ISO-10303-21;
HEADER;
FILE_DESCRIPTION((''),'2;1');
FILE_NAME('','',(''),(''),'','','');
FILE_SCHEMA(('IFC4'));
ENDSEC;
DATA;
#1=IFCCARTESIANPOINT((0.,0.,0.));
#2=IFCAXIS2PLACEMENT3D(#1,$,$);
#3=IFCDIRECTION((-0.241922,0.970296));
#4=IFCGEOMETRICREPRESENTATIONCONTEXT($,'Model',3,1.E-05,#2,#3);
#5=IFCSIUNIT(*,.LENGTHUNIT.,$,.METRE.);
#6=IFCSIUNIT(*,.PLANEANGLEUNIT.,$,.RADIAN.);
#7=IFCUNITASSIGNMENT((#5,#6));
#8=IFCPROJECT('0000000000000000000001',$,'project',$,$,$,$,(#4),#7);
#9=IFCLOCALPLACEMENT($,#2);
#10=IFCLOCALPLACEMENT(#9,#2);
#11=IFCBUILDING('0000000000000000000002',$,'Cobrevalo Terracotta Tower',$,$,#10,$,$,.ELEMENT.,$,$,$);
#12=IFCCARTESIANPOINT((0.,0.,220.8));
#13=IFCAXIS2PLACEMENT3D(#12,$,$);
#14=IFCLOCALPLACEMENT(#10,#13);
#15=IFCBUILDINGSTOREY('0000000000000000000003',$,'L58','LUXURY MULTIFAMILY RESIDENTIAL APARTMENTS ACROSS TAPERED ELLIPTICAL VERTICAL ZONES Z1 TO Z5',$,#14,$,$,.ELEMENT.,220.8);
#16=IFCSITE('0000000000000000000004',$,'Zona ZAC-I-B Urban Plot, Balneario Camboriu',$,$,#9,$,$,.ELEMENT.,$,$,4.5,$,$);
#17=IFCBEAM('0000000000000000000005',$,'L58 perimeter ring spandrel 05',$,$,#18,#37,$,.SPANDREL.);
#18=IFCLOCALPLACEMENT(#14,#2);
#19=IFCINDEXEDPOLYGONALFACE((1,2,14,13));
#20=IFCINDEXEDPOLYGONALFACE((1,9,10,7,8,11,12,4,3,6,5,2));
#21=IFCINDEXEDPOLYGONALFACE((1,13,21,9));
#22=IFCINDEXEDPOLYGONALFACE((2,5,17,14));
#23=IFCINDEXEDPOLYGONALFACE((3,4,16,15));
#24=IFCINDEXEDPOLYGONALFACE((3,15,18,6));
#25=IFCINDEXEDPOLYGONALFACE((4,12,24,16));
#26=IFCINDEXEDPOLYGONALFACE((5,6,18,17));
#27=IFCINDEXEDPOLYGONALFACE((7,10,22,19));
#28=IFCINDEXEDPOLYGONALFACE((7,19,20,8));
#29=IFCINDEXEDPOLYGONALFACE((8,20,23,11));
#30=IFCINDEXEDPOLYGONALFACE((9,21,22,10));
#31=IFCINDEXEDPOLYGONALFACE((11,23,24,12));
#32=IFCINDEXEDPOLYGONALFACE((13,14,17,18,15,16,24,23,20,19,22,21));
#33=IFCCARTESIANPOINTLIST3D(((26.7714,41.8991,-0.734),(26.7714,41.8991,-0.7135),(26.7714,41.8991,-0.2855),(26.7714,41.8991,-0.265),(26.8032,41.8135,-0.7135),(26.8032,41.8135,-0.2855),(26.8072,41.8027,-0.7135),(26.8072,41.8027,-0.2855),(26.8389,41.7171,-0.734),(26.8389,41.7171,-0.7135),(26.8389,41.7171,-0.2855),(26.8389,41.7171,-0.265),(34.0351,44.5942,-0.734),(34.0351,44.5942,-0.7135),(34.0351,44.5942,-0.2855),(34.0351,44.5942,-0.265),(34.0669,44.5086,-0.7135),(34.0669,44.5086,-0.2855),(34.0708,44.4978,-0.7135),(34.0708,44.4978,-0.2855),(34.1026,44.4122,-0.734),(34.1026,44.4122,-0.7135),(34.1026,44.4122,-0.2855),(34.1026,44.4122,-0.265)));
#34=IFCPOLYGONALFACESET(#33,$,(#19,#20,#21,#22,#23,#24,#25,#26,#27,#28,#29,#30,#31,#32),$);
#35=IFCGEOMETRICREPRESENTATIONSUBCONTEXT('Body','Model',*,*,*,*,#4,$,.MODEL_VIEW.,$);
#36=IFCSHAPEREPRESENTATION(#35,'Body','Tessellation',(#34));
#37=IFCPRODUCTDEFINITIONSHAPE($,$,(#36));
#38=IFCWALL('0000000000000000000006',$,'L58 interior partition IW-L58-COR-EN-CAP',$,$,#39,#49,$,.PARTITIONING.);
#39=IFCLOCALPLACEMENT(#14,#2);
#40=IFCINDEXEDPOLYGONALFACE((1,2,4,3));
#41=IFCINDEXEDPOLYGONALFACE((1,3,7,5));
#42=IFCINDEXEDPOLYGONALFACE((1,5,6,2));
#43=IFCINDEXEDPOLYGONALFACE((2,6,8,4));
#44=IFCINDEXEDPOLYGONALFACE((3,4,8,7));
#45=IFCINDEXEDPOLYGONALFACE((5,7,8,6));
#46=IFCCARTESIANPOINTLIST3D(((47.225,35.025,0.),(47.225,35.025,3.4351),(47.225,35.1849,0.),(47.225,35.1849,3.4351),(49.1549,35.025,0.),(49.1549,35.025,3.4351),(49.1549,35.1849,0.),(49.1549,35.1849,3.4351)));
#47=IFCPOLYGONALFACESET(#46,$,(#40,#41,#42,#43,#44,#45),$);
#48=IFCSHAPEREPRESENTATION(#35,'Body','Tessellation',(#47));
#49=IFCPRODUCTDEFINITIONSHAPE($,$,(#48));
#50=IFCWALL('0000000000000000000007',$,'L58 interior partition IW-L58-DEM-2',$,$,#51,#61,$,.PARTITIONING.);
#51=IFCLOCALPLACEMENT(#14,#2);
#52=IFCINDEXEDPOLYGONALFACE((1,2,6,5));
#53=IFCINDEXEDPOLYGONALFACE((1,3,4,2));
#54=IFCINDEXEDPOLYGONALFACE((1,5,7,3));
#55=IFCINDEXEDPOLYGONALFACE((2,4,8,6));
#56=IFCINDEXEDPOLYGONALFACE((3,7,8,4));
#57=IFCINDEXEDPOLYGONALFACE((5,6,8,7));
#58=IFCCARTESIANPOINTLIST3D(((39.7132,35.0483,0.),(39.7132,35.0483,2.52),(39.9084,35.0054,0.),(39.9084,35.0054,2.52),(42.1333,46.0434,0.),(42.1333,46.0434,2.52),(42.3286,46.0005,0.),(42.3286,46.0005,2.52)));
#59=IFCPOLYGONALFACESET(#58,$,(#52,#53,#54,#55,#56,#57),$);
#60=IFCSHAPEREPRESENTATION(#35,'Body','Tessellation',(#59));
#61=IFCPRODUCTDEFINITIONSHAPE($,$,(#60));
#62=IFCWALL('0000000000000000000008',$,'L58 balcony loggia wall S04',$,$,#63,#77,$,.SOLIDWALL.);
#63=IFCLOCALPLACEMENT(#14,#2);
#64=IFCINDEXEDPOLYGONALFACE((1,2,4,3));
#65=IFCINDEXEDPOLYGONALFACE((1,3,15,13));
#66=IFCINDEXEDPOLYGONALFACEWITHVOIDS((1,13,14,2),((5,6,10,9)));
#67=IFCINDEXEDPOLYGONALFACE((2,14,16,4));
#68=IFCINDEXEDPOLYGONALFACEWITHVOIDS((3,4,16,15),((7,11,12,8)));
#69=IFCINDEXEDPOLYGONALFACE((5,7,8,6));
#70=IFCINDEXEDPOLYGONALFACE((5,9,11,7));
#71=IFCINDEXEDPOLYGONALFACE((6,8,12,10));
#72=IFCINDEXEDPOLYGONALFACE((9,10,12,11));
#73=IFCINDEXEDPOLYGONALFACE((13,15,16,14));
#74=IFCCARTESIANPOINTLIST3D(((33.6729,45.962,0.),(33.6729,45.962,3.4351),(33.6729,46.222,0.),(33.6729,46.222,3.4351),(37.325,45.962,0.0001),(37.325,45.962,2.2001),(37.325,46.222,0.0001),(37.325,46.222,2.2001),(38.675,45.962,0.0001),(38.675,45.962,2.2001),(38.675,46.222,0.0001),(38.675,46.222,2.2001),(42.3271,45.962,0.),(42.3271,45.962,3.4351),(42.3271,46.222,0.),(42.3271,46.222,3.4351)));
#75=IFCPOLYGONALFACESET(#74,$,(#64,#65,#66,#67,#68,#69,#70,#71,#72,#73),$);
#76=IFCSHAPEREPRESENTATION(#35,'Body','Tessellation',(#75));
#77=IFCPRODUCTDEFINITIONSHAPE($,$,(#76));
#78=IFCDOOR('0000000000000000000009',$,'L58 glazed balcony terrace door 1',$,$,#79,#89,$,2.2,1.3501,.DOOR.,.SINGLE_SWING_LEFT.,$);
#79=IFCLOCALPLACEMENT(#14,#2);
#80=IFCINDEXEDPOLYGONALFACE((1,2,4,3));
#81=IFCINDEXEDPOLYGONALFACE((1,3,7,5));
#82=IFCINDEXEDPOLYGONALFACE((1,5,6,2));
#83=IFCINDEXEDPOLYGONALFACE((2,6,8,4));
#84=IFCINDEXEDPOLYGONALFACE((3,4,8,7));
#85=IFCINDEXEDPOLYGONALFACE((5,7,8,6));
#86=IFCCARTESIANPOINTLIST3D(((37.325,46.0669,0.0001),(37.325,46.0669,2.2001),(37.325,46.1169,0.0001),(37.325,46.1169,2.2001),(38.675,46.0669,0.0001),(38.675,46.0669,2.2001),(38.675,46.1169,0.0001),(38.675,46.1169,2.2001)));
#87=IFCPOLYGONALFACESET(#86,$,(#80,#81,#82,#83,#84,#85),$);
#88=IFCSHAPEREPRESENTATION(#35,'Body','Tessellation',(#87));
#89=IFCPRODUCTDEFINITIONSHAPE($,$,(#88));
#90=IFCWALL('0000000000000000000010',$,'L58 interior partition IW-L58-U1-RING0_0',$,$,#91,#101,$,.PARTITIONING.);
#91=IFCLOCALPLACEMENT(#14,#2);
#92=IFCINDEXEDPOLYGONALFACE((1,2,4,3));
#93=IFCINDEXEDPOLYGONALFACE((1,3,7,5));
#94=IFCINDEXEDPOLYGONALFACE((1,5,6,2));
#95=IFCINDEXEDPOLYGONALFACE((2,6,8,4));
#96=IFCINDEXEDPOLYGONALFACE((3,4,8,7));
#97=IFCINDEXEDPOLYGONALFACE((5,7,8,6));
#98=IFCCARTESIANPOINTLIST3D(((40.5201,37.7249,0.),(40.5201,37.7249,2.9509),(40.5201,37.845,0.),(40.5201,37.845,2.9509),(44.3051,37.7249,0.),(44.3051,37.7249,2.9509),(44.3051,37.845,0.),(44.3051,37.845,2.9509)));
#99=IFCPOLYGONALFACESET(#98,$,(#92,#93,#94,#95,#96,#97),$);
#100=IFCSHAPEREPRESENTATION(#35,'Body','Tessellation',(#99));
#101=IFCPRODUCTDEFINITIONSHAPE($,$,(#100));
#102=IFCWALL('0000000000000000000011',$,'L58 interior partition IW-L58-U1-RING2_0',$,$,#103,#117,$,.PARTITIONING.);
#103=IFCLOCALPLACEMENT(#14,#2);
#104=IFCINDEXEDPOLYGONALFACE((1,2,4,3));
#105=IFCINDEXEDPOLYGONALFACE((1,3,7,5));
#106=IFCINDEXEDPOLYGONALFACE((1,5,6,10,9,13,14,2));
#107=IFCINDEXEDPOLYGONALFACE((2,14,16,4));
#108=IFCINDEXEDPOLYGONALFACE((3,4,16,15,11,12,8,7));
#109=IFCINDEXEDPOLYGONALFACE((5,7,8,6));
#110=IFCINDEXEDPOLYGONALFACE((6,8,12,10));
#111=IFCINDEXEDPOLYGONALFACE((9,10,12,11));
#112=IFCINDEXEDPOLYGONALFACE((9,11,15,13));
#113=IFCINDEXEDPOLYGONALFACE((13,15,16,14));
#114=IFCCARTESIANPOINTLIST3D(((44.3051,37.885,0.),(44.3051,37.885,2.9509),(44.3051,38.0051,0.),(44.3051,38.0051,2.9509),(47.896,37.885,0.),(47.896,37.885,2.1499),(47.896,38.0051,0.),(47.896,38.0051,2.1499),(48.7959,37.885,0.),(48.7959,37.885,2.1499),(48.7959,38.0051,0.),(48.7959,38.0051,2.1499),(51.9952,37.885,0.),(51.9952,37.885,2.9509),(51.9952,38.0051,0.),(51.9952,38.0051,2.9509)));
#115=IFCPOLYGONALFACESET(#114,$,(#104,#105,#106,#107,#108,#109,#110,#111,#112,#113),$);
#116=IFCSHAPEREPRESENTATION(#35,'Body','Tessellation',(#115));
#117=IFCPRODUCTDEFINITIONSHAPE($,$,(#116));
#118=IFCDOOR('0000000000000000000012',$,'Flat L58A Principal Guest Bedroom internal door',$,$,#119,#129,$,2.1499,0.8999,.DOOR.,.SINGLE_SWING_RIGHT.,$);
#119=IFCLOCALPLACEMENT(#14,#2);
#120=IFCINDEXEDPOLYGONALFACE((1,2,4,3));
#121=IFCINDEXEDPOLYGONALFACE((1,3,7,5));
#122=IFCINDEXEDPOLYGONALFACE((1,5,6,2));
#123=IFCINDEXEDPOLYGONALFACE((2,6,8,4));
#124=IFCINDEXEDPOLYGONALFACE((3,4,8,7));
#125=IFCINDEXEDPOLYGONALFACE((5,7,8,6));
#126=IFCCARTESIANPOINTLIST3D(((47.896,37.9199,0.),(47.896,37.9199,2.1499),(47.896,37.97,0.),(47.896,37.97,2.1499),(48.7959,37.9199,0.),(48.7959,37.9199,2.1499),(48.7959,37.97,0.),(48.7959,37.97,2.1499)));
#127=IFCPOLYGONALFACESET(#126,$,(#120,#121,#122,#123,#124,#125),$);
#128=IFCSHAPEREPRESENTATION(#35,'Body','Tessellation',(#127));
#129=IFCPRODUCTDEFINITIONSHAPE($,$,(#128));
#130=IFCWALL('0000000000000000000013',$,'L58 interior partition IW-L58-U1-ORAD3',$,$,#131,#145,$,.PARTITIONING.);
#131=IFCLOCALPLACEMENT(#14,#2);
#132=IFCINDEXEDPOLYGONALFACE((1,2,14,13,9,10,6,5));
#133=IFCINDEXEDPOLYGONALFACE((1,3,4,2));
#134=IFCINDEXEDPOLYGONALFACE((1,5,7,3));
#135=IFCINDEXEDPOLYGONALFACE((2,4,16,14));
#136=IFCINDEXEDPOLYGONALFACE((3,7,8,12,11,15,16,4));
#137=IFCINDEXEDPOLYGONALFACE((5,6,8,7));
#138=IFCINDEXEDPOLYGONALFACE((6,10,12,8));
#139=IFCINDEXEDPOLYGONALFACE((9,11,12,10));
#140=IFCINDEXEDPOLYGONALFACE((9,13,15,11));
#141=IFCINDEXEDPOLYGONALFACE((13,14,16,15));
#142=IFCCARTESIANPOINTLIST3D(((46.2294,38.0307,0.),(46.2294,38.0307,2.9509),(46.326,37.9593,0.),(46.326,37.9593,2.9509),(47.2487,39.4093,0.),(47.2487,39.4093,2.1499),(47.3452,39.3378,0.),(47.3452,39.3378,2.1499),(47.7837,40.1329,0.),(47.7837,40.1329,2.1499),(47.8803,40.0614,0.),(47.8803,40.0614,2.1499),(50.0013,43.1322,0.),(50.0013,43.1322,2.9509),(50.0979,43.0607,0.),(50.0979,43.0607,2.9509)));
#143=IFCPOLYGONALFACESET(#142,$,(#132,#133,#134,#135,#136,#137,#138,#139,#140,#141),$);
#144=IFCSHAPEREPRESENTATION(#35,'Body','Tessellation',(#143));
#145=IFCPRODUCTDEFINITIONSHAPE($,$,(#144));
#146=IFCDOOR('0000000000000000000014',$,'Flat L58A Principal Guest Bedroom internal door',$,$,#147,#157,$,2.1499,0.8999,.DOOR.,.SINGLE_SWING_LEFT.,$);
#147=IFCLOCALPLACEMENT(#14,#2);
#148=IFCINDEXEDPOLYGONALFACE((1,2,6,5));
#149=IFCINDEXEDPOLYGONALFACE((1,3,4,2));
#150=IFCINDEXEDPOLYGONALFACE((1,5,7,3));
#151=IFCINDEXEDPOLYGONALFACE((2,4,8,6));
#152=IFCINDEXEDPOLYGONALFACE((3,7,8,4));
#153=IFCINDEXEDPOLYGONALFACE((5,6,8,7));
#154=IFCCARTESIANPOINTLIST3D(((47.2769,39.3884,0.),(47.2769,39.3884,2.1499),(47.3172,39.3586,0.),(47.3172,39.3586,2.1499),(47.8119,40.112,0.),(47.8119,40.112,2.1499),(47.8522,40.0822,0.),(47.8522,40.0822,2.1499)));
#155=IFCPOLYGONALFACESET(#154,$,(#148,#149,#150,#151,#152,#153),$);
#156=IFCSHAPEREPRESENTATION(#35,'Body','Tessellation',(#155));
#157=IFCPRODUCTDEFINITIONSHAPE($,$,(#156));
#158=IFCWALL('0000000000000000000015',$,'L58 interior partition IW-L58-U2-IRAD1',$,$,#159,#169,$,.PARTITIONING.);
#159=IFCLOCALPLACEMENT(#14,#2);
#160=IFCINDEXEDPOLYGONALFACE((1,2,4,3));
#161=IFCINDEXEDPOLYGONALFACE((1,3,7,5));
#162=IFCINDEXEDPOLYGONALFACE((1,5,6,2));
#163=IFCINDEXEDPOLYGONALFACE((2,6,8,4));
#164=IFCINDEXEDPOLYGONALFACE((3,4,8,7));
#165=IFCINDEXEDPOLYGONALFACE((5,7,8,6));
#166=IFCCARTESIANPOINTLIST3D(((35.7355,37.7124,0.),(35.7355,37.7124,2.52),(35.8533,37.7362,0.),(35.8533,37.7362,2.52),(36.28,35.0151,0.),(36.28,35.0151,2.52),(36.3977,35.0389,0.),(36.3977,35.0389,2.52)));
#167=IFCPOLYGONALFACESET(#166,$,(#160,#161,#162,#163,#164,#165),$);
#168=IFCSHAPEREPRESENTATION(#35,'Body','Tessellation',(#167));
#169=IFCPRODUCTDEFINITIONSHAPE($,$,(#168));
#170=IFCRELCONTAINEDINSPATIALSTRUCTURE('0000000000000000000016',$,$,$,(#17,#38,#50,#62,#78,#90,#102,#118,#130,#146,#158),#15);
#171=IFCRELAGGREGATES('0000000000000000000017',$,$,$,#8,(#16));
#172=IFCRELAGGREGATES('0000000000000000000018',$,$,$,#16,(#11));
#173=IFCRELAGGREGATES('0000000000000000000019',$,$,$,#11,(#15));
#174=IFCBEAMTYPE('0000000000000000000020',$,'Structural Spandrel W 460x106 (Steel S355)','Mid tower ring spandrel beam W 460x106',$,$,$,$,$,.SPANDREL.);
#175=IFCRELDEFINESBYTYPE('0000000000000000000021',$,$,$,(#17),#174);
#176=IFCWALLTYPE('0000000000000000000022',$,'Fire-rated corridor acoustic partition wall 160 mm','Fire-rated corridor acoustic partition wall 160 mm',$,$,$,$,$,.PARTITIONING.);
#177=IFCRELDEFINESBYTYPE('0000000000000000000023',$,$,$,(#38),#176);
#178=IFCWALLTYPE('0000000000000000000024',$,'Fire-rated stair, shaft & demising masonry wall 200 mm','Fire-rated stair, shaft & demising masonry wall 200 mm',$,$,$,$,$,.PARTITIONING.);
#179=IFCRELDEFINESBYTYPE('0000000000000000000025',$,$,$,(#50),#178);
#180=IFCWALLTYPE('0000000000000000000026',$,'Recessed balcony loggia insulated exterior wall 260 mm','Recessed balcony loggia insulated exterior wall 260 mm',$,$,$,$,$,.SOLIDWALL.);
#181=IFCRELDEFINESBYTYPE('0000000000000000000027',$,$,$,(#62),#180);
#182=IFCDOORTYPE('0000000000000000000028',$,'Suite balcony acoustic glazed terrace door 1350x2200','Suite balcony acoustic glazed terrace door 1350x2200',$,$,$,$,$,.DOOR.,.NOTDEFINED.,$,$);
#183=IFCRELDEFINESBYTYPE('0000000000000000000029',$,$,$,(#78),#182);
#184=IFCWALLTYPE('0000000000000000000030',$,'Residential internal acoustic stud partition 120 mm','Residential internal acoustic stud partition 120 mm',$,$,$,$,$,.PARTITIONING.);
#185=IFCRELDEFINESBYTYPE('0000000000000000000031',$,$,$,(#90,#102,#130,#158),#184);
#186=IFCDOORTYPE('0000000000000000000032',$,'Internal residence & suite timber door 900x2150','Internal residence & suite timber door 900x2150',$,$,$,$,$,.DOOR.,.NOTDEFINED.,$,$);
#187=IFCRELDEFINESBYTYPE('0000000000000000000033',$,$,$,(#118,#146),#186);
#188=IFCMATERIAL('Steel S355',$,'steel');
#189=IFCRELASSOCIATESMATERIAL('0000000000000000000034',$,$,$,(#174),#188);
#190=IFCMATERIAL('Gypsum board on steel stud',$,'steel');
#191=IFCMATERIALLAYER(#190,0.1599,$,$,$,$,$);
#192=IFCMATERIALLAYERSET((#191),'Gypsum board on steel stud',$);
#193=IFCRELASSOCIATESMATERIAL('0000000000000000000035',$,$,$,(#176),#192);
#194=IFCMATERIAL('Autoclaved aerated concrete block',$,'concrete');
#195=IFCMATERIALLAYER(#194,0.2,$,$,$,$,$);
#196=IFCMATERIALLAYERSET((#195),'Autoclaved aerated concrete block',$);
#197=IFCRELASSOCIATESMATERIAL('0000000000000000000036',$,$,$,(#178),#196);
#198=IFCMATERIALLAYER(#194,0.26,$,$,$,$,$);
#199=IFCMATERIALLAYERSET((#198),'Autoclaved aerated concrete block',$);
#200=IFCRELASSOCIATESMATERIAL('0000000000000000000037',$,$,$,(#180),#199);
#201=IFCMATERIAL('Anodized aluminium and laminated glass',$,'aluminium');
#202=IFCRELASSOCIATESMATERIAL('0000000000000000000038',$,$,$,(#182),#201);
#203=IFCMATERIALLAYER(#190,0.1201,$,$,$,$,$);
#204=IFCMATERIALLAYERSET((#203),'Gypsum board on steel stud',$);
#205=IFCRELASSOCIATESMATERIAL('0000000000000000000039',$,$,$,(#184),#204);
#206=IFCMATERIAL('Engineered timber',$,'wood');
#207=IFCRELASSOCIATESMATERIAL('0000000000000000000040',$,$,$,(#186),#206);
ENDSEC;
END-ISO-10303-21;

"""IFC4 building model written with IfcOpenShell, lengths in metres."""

from ifc_helpers import new_model, si_unit, direction, frame, frame_2d, origin, origin_2d, place, context, subcontext, project, spatial, rectangle, i_section, extrude, source, transform, mapped, material, layer, layer_set, material_profile, profile_set, type_object, element, fill, save


model = new_model("IFC4")

# Units and contexts
model_context = context("Model", 3, precision=1e-05, world=origin(), true_north=direction((-0.241922, 0.970296)))
body_context = subcontext(model_context, "Body", "Model", "MODEL_VIEW")
ifc_project = project(units=[si_unit("LENGTHUNIT", "METRE"), si_unit("PLANEANGLEUNIT", "RADIAN")], contexts=[model_context])

# Site, building, storey
site_placement = place(None, origin())
site = spatial("IfcSite", under=ifc_project, at=site_placement, Name="Zona ZAC-I-B Urban Plot, Balneario Camboriu", CompositionType="ELEMENT", RefElevation=4.5)
building_placement = place(site_placement, origin())
building = spatial("IfcBuilding", under=site, at=building_placement, Name="Cobrevalo Terracotta Tower", CompositionType="ELEMENT")
storey_placement = place(building_placement, frame((0.0, 0.0, 220.8)))
storey = spatial("IfcBuildingStorey", under=building, at=storey_placement, Name="L58", Description="LUXURY MULTIFAMILY RESIDENTIAL APARTMENTS ACROSS TAPERED ELLIPTICAL VERTICAL ZONES Z1 TO Z5", CompositionType="ELEMENT", Elevation=220.8)

# Shared definitions
ifc_material_1 = material(Name="Steel S355", Category="steel")

# Beam
ifc_material_profile_1 = material_profile(ifc_material_1, i_section(OverallWidth=0.1941, OverallDepth=0.469, WebThickness=0.0115, FlangeThickness=0.0205, at=origin_2d()), Name="W 460x106")
ifc_profile_set_1 = profile_set([ifc_material_profile_1], Name="Steel S355")
beam_type_1 = type_object("IfcBeamType", Name="Structural Spandrel W 460x106 (Steel S355)", Description="Mid tower ring spandrel beam W 460x106", PredefinedType="SPANDREL", material=ifc_profile_set_1)
beam_1_placement = place(storey_placement, frame((34.0688, 44.5032, -0.4995), z_axis=(-0.937546, -0.347861, 0.0), x_axis=(0.347861, -0.937546, 0.0)))
element("IfcBeam", 1, at=beam_1_placement, inside=storey, type_object=beam_type_1, Name="L58 perimeter ring spandrel 05", PredefinedType="SPANDREL", context=body_context, shape_type="SweptSolid", body=[
    extrude(i_section(OverallWidth=0.1941, OverallDepth=0.469, WebThickness=0.0115, FlangeThickness=0.0205, at=origin_2d()), origin(), (0.0, 0.0, 1.0), 7.7476),
])

# Walls
ifc_material_2 = material(Name="Gypsum board on steel stud", Category="steel")
ifc_layer_1 = layer(ifc_material_2, 0.1599)
ifc_layer_set_1 = layer_set([ifc_layer_1], Name="Gypsum board on steel stud")
wall_type_1 = type_object("IfcWallType", Name="Fire-rated corridor acoustic partition wall 160 mm", Description="Fire-rated corridor acoustic partition wall 160 mm", PredefinedType="PARTITIONING", material=ifc_layer_set_1)
wall_1_placement = place(storey_placement, frame((47.2251, 35.105, 0.0), z_axis=(0.0, 0.0, 1.0), x_axis=(1.0, 0.0, 0.0)))
element("IfcWall", 2, at=wall_1_placement, inside=storey, type_object=wall_type_1, Name="L58 interior partition IW-L58-COR-EN-CAP", PredefinedType="PARTITIONING", context=body_context, shape_type="SweptSolid", body=[
    extrude(rectangle(XDim=1.9299, YDim=0.1599, at=frame_2d((0.9648, 0.0))), origin(), (0.0, 0.0, 1.0), 3.4351),
])
ifc_material_3 = material(Name="Autoclaved aerated concrete block", Category="concrete")
ifc_layer_2 = layer(ifc_material_3, 0.2)
ifc_layer_set_2 = layer_set([ifc_layer_2], Name="Autoclaved aerated concrete block")
wall_type_2 = type_object("IfcWallType", Name="Fire-rated stair, shaft & demising masonry wall 200 mm", Description="Fire-rated stair, shaft & demising masonry wall 200 mm", PredefinedType="PARTITIONING", material=ifc_layer_set_2)
wall_2_placement = place(storey_placement, frame((39.8108, 35.0269, 0.0), z_axis=(0.0, 0.0, 1.0), x_axis=(0.214967, 0.976621, 0.0)))
element("IfcWall", 3, at=wall_2_placement, inside=storey, type_object=wall_type_2, Name="L58 interior partition IW-L58-DEM-2", PredefinedType="PARTITIONING", context=body_context, shape_type="SweptSolid", body=[
    extrude(rectangle(XDim=11.2583, YDim=0.2, at=frame_2d((5.6292, 0.0))), origin(), (0.0, 0.0, 1.0), 2.52),
])

# Wall, opening, door
ifc_layer_3 = layer(ifc_material_3, 0.26)
ifc_layer_set_3 = layer_set([ifc_layer_3], Name="Autoclaved aerated concrete block")
wall_type_3 = type_object("IfcWallType", Name="Recessed balcony loggia insulated exterior wall 260 mm", Description="Recessed balcony loggia insulated exterior wall 260 mm", PredefinedType="SOLIDWALL", material=ifc_layer_set_3)
wall_3_placement = place(storey_placement, frame((42.3271, 46.092, 0.0), z_axis=(0.0, 0.0, 1.0), x_axis=(-1.0, 0.0, 0.0)))
wall_3 = element("IfcWall", 4, at=wall_3_placement, inside=storey, type_object=wall_type_3, Name="L58 balcony loggia wall S04", PredefinedType="SOLIDWALL", context=body_context, shape_type="SweptSolid", body=[
    extrude(rectangle(XDim=8.6543, YDim=0.26, at=frame_2d((4.3271, 0.0))), origin(), (0.0, 0.0, 1.0), 3.4351),
])
opening_1_placement = place(wall_3_placement, frame((3.6521, 0.0, 0.0)))
opening_1 = element("IfcOpeningElement", 5, at=opening_1_placement, cuts=wall_3, PredefinedType="OPENING", context=body_context, shape_type="SweptSolid", body=[
    extrude(rectangle(XDim=1.3501, YDim=2.2, at=frame_2d((0.675, 1.1001))), frame((0.0, 0.1401, 0.0), z_axis=(0.0, -1.0, 0.0), x_axis=(1.0, 0.0, 0.0)), (0.0, 0.0, 1.0), 0.28),
])
ifc_material_4 = material(Name="Anodized aluminium and laminated glass", Category="aluminium")
door_type_1 = type_object("IfcDoorType", Name="Suite balcony acoustic glazed terrace door 1350x2200", Description="Suite balcony acoustic glazed terrace door 1350x2200", OperationType="NOTDEFINED", PredefinedType="DOOR", material=ifc_material_4)
shared_shape_1 = source(origin(), body_context, "Body", "SweptSolid", [
    extrude(rectangle(XDim=1.3501, YDim=2.2, at=frame_2d((0.675, 1.1001))), frame((0.0, 0.0249, 0.0), z_axis=(0.0, -1.0, 0.0), x_axis=(1.0, 0.0, 0.0)), (0.0, 0.0, 1.0), 0.05),
])
door_1_placement = place(opening_1_placement, frame((1.3501, 0.0, 0.0), z_axis=(0.0, 0.0, 1.0), x_axis=(-1.0, 0.0, 0.0)))
door_1 = element("IfcDoor", 6, at=door_1_placement, inside=storey, type_object=door_type_1, Name="L58 glazed balcony terrace door 1", OperationType="SINGLE_SWING_LEFT", OverallHeight=2.2, OverallWidth=1.3501, PredefinedType="DOOR", context=body_context, shape_type="MappedRepresentation", body=[
    mapped(shared_shape_1, transform((0.0, 0.0, 0.0), scale=1.0)),
])
fill(opening_1, door_1)

# Wall
ifc_layer_4 = layer(ifc_material_2, 0.1201)
ifc_layer_set_4 = layer_set([ifc_layer_4], Name="Gypsum board on steel stud")
wall_type_4 = type_object("IfcWallType", Name="Residential internal acoustic stud partition 120 mm", Description="Residential internal acoustic stud partition 120 mm", PredefinedType="PARTITIONING", material=ifc_layer_set_4)
wall_4_placement = place(storey_placement, frame((40.52, 37.7849, 0.0), z_axis=(0.0, 0.0, 1.0), x_axis=(1.0, 0.0, 0.0)))
element("IfcWall", 7, at=wall_4_placement, inside=storey, type_object=wall_type_4, Name="L58 interior partition IW-L58-U1-RING0_0", PredefinedType="PARTITIONING", context=body_context, shape_type="SweptSolid", body=[
    extrude(rectangle(XDim=3.7849, YDim=0.1201, at=frame_2d((1.8926, 0.0))), origin(), (0.0, 0.0, 1.0), 2.9509),
])

# Walls, openings, doors
wall_5_placement = place(storey_placement, frame((44.3049, 37.9451, 0.0), z_axis=(0.0, 0.0, 1.0), x_axis=(1.0, 0.0, 0.0)))
wall_5 = element("IfcWall", 8, at=wall_5_placement, inside=storey, type_object=wall_type_4, Name="L58 interior partition IW-L58-U1-RING2_0", PredefinedType="PARTITIONING", context=body_context, shape_type="SweptSolid", body=[
    extrude(rectangle(XDim=7.6902, YDim=0.1201, at=frame_2d((3.8452, 0.0))), origin(), (0.0, 0.0, 1.0), 2.9509),
])
opening_2_placement = place(wall_5_placement, frame((3.5911, 0.0, 0.0)))
opening_2 = element("IfcOpeningElement", 9, at=opening_2_placement, cuts=wall_5, PredefinedType="OPENING", context=body_context, shape_type="SweptSolid", body=[
    extrude(rectangle(XDim=0.8999, YDim=2.1499, at=frame_2d((0.45, 1.075))), frame((0.0, 0.0701, 0.0), z_axis=(0.0, -1.0, 0.0), x_axis=(1.0, 0.0, 0.0)), (0.0, 0.0, 1.0), 0.1401),
])
ifc_material_5 = material(Name="Engineered timber", Category="wood")
door_type_2 = type_object("IfcDoorType", Name="Internal residence & suite timber door 900x2150", Description="Internal residence & suite timber door 900x2150", OperationType="NOTDEFINED", PredefinedType="DOOR", material=ifc_material_5)
shared_shape_2 = source(origin(), body_context, "Body", "SweptSolid", [
    extrude(rectangle(XDim=0.8999, YDim=2.1499, at=frame_2d((0.45, 1.075))), frame((0.0, 0.0249, 0.0), z_axis=(0.0, -1.0, 0.0), x_axis=(1.0, 0.0, 0.0)), (0.0, 0.0, 1.0), 0.05),
])
door_2_placement = place(opening_2_placement, origin())
door_2 = element("IfcDoor", 10, at=door_2_placement, inside=storey, type_object=door_type_2, Name="Flat L58A Principal Guest Bedroom internal door", OperationType="SINGLE_SWING_RIGHT", OverallHeight=2.1499, OverallWidth=0.8999, PredefinedType="DOOR", context=body_context, shape_type="MappedRepresentation", body=[
    mapped(shared_shape_2, transform((0.0, 0.0, 0.0), scale=1.0)),
])
fill(opening_2, door_2)
wall_6_placement = place(storey_placement, frame((46.2776, 37.9949, 0.0), z_axis=(0.0, 0.0, 1.0), x_axis=(0.594519, 0.804082, 0.0)))
wall_6 = element("IfcWall", 11, at=wall_6_placement, inside=storey, type_object=wall_type_4, Name="L58 interior partition IW-L58-U1-ORAD3", PredefinedType="PARTITIONING", context=body_context, shape_type="SweptSolid", body=[
    extrude(rectangle(XDim=6.3445, YDim=0.1201, at=frame_2d((3.1724, 0.0))), origin(), (0.0, 0.0, 1.0), 2.9509),
])
opening_3_placement = place(wall_6_placement, frame((1.7146, 0.0, 0.0)))
opening_3 = element("IfcOpeningElement", 12, at=opening_3_placement, cuts=wall_6, PredefinedType="OPENING", context=body_context, shape_type="SweptSolid", body=[
    extrude(rectangle(XDim=0.8999, YDim=2.1499, at=frame_2d((0.45, 1.075))), frame((0.0, 0.0701, 0.0), z_axis=(0.0, -1.0, 0.0), x_axis=(1.0, 0.0, 0.0)), (0.0, 0.0, 1.0), 0.1401),
])
door_3_placement = place(opening_3_placement, origin())
door_3 = element("IfcDoor", 13, at=door_3_placement, inside=storey, type_object=door_type_2, Name="Flat L58A Principal Guest Bedroom internal door", OperationType="SINGLE_SWING_LEFT", OverallHeight=2.1499, OverallWidth=0.8999, PredefinedType="DOOR", context=body_context, shape_type="MappedRepresentation", body=[
    mapped(shared_shape_2, transform((0.0, 0.0, 0.0), scale=1.0)),
])
fill(opening_3, door_3)

# Wall
wall_7_placement = place(storey_placement, frame((36.3389, 35.0269, 0.0), z_axis=(0.0, 0.0, 1.0), x_axis=(-0.197856, 0.980231, 0.0)))
element("IfcWall", 14, at=wall_7_placement, inside=storey, type_object=wall_type_4, Name="L58 interior partition IW-L58-U2-IRAD1", PredefinedType="PARTITIONING", context=body_context, shape_type="SweptSolid", body=[
    extrude(rectangle(XDim=2.7517, YDim=0.1201, at=frame_2d((1.376, 0.0))), origin(), (0.0, 0.0, 1.0), 2.52),
])

save(model, "model.ifc")
